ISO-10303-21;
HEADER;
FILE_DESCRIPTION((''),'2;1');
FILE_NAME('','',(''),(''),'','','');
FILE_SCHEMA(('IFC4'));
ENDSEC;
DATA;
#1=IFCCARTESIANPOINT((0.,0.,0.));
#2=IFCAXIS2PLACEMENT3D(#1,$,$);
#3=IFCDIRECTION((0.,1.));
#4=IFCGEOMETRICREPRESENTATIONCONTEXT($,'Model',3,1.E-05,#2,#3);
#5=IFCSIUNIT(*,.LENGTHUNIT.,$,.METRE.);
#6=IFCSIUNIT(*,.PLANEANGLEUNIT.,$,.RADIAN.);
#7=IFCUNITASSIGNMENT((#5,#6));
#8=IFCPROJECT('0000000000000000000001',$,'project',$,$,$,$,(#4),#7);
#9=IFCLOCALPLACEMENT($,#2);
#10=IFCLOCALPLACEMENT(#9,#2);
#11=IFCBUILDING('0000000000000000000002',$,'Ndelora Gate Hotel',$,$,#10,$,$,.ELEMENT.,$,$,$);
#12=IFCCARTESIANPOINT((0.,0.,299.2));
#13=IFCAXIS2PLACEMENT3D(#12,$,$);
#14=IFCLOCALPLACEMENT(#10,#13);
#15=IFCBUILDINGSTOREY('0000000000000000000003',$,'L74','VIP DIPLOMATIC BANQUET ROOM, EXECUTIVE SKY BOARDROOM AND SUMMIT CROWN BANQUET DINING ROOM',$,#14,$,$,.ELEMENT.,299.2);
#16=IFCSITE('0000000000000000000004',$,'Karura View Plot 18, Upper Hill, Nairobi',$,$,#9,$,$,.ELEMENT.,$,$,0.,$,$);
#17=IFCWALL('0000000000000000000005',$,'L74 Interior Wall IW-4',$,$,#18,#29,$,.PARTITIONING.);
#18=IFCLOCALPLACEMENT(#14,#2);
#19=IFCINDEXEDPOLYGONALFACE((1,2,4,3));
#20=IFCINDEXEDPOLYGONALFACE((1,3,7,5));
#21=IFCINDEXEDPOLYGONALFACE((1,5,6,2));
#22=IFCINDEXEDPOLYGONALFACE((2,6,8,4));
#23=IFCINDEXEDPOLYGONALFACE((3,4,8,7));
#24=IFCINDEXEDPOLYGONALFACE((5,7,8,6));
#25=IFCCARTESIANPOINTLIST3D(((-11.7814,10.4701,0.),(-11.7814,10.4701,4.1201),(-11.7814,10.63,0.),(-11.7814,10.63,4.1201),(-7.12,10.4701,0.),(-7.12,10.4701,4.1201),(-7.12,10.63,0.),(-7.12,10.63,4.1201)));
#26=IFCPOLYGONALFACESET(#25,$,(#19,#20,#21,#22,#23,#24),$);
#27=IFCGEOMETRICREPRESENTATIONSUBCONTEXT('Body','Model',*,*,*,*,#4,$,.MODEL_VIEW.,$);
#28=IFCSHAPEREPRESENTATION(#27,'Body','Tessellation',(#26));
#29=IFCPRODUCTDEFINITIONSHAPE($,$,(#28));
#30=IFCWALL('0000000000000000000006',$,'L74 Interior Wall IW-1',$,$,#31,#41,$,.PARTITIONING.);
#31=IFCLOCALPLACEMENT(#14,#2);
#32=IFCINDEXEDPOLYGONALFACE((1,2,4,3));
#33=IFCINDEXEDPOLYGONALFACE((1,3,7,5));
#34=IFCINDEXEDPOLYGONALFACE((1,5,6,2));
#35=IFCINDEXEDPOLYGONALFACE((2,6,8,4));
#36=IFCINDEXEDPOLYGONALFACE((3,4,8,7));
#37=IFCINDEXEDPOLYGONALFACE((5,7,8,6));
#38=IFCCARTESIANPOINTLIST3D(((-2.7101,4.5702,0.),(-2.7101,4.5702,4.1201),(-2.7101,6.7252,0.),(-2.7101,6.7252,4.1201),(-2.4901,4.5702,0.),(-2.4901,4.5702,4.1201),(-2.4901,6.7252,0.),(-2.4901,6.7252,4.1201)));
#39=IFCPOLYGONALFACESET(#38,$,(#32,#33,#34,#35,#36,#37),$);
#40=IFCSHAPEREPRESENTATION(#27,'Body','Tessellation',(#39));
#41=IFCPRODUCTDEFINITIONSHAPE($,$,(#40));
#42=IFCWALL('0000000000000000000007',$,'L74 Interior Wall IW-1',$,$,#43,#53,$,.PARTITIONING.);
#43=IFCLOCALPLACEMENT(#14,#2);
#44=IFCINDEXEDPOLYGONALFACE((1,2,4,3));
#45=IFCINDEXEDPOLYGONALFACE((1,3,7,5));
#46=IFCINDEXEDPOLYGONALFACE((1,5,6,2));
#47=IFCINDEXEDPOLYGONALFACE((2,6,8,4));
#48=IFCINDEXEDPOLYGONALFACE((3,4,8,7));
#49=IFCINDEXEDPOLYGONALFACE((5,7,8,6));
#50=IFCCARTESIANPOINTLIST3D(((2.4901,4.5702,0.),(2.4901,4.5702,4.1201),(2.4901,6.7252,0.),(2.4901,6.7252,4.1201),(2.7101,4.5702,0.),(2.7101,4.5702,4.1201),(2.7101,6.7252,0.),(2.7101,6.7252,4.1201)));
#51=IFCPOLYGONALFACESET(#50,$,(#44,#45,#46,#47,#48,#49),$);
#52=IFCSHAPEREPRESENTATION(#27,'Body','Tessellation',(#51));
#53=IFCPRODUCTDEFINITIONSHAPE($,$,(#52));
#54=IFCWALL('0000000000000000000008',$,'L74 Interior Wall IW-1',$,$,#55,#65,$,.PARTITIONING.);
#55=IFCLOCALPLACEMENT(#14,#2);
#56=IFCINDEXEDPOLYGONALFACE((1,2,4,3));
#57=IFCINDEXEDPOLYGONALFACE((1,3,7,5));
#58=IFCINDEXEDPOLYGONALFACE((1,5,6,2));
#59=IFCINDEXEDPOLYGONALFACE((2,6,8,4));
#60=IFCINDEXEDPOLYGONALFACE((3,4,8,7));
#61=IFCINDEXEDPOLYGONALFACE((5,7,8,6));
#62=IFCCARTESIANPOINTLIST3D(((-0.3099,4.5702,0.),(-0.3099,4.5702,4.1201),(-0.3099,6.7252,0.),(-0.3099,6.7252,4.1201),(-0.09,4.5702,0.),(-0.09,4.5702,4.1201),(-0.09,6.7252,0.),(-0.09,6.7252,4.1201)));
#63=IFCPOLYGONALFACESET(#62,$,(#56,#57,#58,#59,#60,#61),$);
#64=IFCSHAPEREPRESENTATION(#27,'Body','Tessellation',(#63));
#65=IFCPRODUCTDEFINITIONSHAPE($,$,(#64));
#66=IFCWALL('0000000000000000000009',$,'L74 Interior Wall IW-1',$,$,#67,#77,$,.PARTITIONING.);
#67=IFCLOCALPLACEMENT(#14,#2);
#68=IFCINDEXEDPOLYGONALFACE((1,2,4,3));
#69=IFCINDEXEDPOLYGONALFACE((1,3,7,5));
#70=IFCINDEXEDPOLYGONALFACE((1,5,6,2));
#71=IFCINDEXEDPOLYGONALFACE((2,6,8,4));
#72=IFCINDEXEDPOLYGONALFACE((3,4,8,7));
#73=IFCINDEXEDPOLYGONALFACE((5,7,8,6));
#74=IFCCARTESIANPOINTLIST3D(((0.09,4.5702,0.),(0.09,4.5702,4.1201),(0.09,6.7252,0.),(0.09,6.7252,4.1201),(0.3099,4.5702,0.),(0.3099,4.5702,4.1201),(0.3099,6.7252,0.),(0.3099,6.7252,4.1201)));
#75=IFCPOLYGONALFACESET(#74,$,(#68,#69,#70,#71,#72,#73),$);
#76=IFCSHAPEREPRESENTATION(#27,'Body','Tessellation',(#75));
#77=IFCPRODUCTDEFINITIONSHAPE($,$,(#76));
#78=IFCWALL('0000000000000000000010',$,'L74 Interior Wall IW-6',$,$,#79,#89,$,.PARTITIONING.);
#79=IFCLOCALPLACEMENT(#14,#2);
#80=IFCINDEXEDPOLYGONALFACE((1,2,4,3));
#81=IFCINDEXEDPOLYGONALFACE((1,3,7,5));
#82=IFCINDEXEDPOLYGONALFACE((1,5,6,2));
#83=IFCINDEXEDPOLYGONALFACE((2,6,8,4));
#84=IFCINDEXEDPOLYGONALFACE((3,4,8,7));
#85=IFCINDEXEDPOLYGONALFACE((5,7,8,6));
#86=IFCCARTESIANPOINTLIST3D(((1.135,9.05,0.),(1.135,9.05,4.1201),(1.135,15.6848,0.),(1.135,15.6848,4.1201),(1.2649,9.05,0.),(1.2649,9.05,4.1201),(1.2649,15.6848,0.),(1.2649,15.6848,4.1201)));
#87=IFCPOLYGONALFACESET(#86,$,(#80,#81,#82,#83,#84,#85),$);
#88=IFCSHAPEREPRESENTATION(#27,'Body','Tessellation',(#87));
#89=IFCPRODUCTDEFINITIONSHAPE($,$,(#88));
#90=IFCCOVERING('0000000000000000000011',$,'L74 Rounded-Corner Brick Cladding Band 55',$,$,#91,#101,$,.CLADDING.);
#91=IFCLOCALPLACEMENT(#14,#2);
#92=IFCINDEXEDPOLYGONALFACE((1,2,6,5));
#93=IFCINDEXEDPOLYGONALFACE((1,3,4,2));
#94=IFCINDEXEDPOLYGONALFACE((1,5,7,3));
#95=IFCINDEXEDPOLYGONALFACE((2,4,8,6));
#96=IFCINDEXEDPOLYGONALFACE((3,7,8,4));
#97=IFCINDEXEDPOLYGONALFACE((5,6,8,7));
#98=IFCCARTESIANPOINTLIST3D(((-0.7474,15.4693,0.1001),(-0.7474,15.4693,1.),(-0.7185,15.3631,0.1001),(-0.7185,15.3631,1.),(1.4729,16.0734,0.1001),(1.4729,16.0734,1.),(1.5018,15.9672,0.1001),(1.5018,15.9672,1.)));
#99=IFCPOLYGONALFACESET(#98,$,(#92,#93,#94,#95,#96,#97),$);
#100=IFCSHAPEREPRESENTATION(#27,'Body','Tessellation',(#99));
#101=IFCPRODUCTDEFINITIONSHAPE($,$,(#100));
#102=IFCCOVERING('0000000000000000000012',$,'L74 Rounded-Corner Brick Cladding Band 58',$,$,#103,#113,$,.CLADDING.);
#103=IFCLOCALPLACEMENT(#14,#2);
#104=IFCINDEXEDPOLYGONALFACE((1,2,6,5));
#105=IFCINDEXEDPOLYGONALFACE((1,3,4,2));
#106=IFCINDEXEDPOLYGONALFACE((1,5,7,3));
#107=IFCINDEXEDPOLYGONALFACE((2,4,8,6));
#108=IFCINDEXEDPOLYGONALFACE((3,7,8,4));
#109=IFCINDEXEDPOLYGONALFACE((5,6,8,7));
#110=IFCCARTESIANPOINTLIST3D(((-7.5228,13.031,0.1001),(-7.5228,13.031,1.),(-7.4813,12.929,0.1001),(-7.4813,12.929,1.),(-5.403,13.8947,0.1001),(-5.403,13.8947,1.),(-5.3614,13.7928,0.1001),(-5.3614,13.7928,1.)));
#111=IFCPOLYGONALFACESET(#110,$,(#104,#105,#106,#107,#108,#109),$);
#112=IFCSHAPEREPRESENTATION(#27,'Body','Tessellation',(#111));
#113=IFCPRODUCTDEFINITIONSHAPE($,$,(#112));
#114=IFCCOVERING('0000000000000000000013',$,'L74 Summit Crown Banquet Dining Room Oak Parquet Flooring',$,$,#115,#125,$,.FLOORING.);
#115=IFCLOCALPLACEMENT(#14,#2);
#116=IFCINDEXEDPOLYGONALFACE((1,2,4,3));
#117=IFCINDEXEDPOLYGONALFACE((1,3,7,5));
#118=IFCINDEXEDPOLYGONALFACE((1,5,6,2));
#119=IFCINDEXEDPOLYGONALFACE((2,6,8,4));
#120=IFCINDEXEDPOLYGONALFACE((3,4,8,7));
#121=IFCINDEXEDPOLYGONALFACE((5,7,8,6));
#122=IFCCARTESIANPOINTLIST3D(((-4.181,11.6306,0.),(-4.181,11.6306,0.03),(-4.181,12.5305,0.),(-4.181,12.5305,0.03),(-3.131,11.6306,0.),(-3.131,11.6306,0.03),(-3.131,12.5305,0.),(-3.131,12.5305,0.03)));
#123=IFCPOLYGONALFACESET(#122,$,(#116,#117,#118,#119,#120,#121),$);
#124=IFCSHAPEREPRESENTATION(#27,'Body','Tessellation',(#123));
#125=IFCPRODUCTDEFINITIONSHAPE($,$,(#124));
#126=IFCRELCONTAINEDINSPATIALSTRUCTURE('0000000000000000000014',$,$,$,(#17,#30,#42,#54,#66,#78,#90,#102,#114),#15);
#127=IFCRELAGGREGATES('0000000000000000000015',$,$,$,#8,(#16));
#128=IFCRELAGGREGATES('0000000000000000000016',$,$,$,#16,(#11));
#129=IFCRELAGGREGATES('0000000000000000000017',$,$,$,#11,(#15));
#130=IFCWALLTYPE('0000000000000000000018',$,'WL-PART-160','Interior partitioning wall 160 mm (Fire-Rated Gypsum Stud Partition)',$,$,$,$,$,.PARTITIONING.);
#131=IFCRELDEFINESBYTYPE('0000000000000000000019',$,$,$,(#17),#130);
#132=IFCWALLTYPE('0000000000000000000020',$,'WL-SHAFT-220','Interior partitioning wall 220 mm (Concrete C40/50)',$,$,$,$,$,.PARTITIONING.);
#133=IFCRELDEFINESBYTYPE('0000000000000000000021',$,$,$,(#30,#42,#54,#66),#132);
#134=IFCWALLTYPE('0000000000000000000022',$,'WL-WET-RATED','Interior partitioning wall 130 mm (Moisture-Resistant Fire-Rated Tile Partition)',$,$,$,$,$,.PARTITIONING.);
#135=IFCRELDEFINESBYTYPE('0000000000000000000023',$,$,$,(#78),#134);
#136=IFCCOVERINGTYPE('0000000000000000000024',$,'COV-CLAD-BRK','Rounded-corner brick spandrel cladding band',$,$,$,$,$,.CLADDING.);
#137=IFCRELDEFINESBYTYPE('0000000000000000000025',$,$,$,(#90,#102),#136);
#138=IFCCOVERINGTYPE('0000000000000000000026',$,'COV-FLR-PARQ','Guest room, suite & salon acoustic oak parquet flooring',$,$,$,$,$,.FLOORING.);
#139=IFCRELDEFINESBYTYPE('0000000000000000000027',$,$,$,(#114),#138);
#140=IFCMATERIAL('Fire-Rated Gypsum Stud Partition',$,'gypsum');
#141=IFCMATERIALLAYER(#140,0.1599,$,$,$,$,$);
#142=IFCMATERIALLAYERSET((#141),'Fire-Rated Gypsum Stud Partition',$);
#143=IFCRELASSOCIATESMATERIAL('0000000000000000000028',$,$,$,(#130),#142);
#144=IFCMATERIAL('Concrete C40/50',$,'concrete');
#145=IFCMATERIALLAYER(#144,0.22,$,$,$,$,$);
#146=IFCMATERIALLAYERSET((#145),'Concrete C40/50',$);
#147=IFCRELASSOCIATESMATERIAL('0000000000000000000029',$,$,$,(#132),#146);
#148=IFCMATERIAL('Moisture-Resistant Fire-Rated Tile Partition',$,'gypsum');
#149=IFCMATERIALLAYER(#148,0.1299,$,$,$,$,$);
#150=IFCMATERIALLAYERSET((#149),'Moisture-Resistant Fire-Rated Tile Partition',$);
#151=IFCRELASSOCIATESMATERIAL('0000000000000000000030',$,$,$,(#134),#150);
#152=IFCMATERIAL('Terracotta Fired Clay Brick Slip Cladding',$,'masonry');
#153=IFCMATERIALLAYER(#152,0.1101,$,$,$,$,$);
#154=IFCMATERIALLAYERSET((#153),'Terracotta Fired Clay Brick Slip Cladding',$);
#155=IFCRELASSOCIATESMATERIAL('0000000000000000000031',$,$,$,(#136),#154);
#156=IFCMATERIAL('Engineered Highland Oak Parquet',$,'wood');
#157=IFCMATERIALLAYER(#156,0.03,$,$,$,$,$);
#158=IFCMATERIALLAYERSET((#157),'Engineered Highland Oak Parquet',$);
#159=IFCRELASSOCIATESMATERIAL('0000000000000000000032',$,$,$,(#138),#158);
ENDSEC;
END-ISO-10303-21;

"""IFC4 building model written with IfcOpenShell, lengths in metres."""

from ifc_helpers import new_model, si_unit, direction, frame, frame_2d, origin, origin_2d, place, context, subcontext, project, spatial, rectangle, extrude, material, layer, layer_set, type_object, element, save


model = new_model("IFC4")

# Units and contexts
model_context = context("Model", 3, precision=1e-05, world=origin(), true_north=direction((0.0, 1.0)))
body_context = subcontext(model_context, "Body", "Model", "MODEL_VIEW")
ifc_project = project(units=[si_unit("LENGTHUNIT", "METRE"), si_unit("PLANEANGLEUNIT", "RADIAN")], contexts=[model_context])

# Site, building, storey
site_placement = place(None, origin())
site = spatial("IfcSite", under=ifc_project, at=site_placement, Name="Karura View Plot 18, Upper Hill, Nairobi", CompositionType="ELEMENT", RefElevation=0.0)
building_placement = place(site_placement, origin())
building = spatial("IfcBuilding", under=site, at=building_placement, Name="Ndelora Gate Hotel", CompositionType="ELEMENT")
storey_placement = place(building_placement, frame((0.0, 0.0, 299.2)))
storey = spatial("IfcBuildingStorey", under=building, at=storey_placement, Name="L74", Description="VIP DIPLOMATIC BANQUET ROOM, EXECUTIVE SKY BOARDROOM AND SUMMIT CROWN BANQUET DINING ROOM", CompositionType="ELEMENT", Elevation=299.2)

# Walls
ifc_material_1 = material(Name="Fire-Rated Gypsum Stud Partition", Category="gypsum")
ifc_layer_1 = layer(ifc_material_1, 0.1599)
ifc_layer_set_1 = layer_set([ifc_layer_1], Name="Fire-Rated Gypsum Stud Partition")
wall_type_1 = type_object("IfcWallType", Name="WL-PART-160", Description="Interior partitioning wall 160 mm (Fire-Rated Gypsum Stud Partition)", PredefinedType="PARTITIONING", material=ifc_layer_set_1)
wall_1_placement = place(storey_placement, frame((-7.1201, 10.55, 0.0), z_axis=(0.0, 0.0, 1.0), x_axis=(-1.0, 0.0, 0.0)))
element("IfcWall", 1, at=wall_1_placement, inside=storey, type_object=wall_type_1, Name="L74 Interior Wall IW-4", PredefinedType="PARTITIONING", context=body_context, shape_type="SweptSolid", body=[
    extrude(rectangle(XDim=4.6614, YDim=0.1599, at=frame_2d((2.3306, 0.0))), origin(), (0.0, 0.0, 1.0), 4.1201),
])
ifc_material_2 = material(Name="Concrete C40/50", Category="concrete")
ifc_layer_2 = layer(ifc_material_2, 0.22)
ifc_layer_set_2 = layer_set([ifc_layer_2], Name="Concrete C40/50")
wall_type_2 = type_object("IfcWallType", Name="WL-SHAFT-220", Description="Interior partitioning wall 220 mm (Concrete C40/50)", PredefinedType="PARTITIONING", material=ifc_layer_set_2)
for number, where, z_axis, x_axis, name in (
    (2, (-2.6001, 4.5701, 0.0), (0.0, 0.0, 1.0), (0.0, 1.0, 0.0), "L74 Interior Wall IW-1"),
    (3, (2.6001, 4.5701, 0.0), (0.0, 0.0, 1.0), (0.0, 1.0, 0.0), "L74 Interior Wall IW-1"),
    (4, (-0.2, 4.5701, 0.0), (0.0, 0.0, 1.0), (0.0, 1.0, 0.0), "L74 Interior Wall IW-1"),
    (5, (0.2, 4.5701, 0.0), (0.0, 0.0, 1.0), (0.0, 1.0, 0.0), "L74 Interior Wall IW-1"),
):
    element("IfcWall", number, at=place(storey_placement, frame(where, z_axis=z_axis, x_axis=x_axis)), inside=storey, type_object=wall_type_2, Name=name, PredefinedType="PARTITIONING", context=body_context, shape_type="SweptSolid", body=[
        extrude(rectangle(XDim=2.155, YDim=0.22, at=frame_2d((1.0776, 0.0))), origin(), (0.0, 0.0, 1.0), 4.1201),
    ])
ifc_material_3 = material(Name="Moisture-Resistant Fire-Rated Tile Partition", Category="gypsum")
ifc_layer_3 = layer(ifc_material_3, 0.1299)
ifc_layer_set_3 = layer_set([ifc_layer_3], Name="Moisture-Resistant Fire-Rated Tile Partition")
wall_type_3 = type_object("IfcWallType", Name="WL-WET-RATED", Description="Interior partitioning wall 130 mm (Moisture-Resistant Fire-Rated Tile Partition)", PredefinedType="PARTITIONING", material=ifc_layer_set_3)
wall_2_placement = place(storey_placement, frame((1.2, 9.05, 0.0), z_axis=(0.0, 0.0, 1.0), x_axis=(0.0, 1.0, 0.0)))
element("IfcWall", 6, at=wall_2_placement, inside=storey, type_object=wall_type_3, Name="L74 Interior Wall IW-6", PredefinedType="PARTITIONING", context=body_context, shape_type="SweptSolid", body=[
    extrude(rectangle(XDim=6.6348, YDim=0.1299, at=frame_2d((3.3174, 0.0))), origin(), (0.0, 0.0, 1.0), 4.1201),
])

# Coverings
ifc_material_4 = material(Name="Terracotta Fired Clay Brick Slip Cladding", Category="masonry")
ifc_layer_4 = layer(ifc_material_4, 0.1101)
ifc_layer_set_4 = layer_set([ifc_layer_4], Name="Terracotta Fired Clay Brick Slip Cladding")
covering_type_1 = type_object("IfcCoveringType", Name="COV-CLAD-BRK", Description="Rounded-corner brick spandrel cladding band", PredefinedType="CLADDING", material=ifc_layer_set_4)
covering_1_placement = place(storey_placement, frame((0.3772, 15.7183, 0.1001), z_axis=(0.0, 0.0, 1.0), x_axis=(0.964925, 0.262526, 0.0)))
element("IfcCovering", 7, at=covering_1_placement, inside=storey, type_object=covering_type_1, Name="L74 Rounded-Corner Brick Cladding Band 55", PredefinedType="CLADDING", context=body_context, shape_type="SweptSolid", body=[
    extrude(rectangle(XDim=2.301, YDim=0.1101, at=origin_2d()), origin(), (0.0, 0.0, 1.0), 0.8999),
])
covering_2_placement = place(storey_placement, frame((-6.4421, 13.4119, 0.1001), z_axis=(0.0, 0.0, 1.0), x_axis=(0.926068, 0.377356, 0.0)))
element("IfcCovering", 8, at=covering_2_placement, inside=storey, type_object=covering_type_1, Name="L74 Rounded-Corner Brick Cladding Band 58", PredefinedType="CLADDING", context=body_context, shape_type="SweptSolid", body=[
    extrude(rectangle(XDim=2.2891, YDim=0.1101, at=origin_2d()), origin(), (0.0, 0.0, 1.0), 0.8999),
])
ifc_material_5 = material(Name="Engineered Highland Oak Parquet", Category="wood")
ifc_layer_5 = layer(ifc_material_5, 0.03)
ifc_layer_set_5 = layer_set([ifc_layer_5], Name="Engineered Highland Oak Parquet")
covering_type_2 = type_object("IfcCoveringType", Name="COV-FLR-PARQ", Description="Guest room, suite & salon acoustic oak parquet flooring", PredefinedType="FLOORING", material=ifc_layer_set_5)
covering_3_placement = place(storey_placement, frame((-3.656, 12.0806, 0.0), z_axis=(0.0, 0.0, 1.0), x_axis=(1.0, 0.0, 0.0)))
element("IfcCovering", 9, at=covering_3_placement, inside=storey, type_object=covering_type_2, Name="L74 Summit Crown Banquet Dining Room Oak Parquet Flooring", PredefinedType="FLOORING", context=body_context, shape_type="SweptSolid", body=[
    extrude(rectangle(XDim=1.05, YDim=0.8999, at=origin_2d()), origin(), (0.0, 0.0, 1.0), 0.03),
])

save(model, "model.ifc")
